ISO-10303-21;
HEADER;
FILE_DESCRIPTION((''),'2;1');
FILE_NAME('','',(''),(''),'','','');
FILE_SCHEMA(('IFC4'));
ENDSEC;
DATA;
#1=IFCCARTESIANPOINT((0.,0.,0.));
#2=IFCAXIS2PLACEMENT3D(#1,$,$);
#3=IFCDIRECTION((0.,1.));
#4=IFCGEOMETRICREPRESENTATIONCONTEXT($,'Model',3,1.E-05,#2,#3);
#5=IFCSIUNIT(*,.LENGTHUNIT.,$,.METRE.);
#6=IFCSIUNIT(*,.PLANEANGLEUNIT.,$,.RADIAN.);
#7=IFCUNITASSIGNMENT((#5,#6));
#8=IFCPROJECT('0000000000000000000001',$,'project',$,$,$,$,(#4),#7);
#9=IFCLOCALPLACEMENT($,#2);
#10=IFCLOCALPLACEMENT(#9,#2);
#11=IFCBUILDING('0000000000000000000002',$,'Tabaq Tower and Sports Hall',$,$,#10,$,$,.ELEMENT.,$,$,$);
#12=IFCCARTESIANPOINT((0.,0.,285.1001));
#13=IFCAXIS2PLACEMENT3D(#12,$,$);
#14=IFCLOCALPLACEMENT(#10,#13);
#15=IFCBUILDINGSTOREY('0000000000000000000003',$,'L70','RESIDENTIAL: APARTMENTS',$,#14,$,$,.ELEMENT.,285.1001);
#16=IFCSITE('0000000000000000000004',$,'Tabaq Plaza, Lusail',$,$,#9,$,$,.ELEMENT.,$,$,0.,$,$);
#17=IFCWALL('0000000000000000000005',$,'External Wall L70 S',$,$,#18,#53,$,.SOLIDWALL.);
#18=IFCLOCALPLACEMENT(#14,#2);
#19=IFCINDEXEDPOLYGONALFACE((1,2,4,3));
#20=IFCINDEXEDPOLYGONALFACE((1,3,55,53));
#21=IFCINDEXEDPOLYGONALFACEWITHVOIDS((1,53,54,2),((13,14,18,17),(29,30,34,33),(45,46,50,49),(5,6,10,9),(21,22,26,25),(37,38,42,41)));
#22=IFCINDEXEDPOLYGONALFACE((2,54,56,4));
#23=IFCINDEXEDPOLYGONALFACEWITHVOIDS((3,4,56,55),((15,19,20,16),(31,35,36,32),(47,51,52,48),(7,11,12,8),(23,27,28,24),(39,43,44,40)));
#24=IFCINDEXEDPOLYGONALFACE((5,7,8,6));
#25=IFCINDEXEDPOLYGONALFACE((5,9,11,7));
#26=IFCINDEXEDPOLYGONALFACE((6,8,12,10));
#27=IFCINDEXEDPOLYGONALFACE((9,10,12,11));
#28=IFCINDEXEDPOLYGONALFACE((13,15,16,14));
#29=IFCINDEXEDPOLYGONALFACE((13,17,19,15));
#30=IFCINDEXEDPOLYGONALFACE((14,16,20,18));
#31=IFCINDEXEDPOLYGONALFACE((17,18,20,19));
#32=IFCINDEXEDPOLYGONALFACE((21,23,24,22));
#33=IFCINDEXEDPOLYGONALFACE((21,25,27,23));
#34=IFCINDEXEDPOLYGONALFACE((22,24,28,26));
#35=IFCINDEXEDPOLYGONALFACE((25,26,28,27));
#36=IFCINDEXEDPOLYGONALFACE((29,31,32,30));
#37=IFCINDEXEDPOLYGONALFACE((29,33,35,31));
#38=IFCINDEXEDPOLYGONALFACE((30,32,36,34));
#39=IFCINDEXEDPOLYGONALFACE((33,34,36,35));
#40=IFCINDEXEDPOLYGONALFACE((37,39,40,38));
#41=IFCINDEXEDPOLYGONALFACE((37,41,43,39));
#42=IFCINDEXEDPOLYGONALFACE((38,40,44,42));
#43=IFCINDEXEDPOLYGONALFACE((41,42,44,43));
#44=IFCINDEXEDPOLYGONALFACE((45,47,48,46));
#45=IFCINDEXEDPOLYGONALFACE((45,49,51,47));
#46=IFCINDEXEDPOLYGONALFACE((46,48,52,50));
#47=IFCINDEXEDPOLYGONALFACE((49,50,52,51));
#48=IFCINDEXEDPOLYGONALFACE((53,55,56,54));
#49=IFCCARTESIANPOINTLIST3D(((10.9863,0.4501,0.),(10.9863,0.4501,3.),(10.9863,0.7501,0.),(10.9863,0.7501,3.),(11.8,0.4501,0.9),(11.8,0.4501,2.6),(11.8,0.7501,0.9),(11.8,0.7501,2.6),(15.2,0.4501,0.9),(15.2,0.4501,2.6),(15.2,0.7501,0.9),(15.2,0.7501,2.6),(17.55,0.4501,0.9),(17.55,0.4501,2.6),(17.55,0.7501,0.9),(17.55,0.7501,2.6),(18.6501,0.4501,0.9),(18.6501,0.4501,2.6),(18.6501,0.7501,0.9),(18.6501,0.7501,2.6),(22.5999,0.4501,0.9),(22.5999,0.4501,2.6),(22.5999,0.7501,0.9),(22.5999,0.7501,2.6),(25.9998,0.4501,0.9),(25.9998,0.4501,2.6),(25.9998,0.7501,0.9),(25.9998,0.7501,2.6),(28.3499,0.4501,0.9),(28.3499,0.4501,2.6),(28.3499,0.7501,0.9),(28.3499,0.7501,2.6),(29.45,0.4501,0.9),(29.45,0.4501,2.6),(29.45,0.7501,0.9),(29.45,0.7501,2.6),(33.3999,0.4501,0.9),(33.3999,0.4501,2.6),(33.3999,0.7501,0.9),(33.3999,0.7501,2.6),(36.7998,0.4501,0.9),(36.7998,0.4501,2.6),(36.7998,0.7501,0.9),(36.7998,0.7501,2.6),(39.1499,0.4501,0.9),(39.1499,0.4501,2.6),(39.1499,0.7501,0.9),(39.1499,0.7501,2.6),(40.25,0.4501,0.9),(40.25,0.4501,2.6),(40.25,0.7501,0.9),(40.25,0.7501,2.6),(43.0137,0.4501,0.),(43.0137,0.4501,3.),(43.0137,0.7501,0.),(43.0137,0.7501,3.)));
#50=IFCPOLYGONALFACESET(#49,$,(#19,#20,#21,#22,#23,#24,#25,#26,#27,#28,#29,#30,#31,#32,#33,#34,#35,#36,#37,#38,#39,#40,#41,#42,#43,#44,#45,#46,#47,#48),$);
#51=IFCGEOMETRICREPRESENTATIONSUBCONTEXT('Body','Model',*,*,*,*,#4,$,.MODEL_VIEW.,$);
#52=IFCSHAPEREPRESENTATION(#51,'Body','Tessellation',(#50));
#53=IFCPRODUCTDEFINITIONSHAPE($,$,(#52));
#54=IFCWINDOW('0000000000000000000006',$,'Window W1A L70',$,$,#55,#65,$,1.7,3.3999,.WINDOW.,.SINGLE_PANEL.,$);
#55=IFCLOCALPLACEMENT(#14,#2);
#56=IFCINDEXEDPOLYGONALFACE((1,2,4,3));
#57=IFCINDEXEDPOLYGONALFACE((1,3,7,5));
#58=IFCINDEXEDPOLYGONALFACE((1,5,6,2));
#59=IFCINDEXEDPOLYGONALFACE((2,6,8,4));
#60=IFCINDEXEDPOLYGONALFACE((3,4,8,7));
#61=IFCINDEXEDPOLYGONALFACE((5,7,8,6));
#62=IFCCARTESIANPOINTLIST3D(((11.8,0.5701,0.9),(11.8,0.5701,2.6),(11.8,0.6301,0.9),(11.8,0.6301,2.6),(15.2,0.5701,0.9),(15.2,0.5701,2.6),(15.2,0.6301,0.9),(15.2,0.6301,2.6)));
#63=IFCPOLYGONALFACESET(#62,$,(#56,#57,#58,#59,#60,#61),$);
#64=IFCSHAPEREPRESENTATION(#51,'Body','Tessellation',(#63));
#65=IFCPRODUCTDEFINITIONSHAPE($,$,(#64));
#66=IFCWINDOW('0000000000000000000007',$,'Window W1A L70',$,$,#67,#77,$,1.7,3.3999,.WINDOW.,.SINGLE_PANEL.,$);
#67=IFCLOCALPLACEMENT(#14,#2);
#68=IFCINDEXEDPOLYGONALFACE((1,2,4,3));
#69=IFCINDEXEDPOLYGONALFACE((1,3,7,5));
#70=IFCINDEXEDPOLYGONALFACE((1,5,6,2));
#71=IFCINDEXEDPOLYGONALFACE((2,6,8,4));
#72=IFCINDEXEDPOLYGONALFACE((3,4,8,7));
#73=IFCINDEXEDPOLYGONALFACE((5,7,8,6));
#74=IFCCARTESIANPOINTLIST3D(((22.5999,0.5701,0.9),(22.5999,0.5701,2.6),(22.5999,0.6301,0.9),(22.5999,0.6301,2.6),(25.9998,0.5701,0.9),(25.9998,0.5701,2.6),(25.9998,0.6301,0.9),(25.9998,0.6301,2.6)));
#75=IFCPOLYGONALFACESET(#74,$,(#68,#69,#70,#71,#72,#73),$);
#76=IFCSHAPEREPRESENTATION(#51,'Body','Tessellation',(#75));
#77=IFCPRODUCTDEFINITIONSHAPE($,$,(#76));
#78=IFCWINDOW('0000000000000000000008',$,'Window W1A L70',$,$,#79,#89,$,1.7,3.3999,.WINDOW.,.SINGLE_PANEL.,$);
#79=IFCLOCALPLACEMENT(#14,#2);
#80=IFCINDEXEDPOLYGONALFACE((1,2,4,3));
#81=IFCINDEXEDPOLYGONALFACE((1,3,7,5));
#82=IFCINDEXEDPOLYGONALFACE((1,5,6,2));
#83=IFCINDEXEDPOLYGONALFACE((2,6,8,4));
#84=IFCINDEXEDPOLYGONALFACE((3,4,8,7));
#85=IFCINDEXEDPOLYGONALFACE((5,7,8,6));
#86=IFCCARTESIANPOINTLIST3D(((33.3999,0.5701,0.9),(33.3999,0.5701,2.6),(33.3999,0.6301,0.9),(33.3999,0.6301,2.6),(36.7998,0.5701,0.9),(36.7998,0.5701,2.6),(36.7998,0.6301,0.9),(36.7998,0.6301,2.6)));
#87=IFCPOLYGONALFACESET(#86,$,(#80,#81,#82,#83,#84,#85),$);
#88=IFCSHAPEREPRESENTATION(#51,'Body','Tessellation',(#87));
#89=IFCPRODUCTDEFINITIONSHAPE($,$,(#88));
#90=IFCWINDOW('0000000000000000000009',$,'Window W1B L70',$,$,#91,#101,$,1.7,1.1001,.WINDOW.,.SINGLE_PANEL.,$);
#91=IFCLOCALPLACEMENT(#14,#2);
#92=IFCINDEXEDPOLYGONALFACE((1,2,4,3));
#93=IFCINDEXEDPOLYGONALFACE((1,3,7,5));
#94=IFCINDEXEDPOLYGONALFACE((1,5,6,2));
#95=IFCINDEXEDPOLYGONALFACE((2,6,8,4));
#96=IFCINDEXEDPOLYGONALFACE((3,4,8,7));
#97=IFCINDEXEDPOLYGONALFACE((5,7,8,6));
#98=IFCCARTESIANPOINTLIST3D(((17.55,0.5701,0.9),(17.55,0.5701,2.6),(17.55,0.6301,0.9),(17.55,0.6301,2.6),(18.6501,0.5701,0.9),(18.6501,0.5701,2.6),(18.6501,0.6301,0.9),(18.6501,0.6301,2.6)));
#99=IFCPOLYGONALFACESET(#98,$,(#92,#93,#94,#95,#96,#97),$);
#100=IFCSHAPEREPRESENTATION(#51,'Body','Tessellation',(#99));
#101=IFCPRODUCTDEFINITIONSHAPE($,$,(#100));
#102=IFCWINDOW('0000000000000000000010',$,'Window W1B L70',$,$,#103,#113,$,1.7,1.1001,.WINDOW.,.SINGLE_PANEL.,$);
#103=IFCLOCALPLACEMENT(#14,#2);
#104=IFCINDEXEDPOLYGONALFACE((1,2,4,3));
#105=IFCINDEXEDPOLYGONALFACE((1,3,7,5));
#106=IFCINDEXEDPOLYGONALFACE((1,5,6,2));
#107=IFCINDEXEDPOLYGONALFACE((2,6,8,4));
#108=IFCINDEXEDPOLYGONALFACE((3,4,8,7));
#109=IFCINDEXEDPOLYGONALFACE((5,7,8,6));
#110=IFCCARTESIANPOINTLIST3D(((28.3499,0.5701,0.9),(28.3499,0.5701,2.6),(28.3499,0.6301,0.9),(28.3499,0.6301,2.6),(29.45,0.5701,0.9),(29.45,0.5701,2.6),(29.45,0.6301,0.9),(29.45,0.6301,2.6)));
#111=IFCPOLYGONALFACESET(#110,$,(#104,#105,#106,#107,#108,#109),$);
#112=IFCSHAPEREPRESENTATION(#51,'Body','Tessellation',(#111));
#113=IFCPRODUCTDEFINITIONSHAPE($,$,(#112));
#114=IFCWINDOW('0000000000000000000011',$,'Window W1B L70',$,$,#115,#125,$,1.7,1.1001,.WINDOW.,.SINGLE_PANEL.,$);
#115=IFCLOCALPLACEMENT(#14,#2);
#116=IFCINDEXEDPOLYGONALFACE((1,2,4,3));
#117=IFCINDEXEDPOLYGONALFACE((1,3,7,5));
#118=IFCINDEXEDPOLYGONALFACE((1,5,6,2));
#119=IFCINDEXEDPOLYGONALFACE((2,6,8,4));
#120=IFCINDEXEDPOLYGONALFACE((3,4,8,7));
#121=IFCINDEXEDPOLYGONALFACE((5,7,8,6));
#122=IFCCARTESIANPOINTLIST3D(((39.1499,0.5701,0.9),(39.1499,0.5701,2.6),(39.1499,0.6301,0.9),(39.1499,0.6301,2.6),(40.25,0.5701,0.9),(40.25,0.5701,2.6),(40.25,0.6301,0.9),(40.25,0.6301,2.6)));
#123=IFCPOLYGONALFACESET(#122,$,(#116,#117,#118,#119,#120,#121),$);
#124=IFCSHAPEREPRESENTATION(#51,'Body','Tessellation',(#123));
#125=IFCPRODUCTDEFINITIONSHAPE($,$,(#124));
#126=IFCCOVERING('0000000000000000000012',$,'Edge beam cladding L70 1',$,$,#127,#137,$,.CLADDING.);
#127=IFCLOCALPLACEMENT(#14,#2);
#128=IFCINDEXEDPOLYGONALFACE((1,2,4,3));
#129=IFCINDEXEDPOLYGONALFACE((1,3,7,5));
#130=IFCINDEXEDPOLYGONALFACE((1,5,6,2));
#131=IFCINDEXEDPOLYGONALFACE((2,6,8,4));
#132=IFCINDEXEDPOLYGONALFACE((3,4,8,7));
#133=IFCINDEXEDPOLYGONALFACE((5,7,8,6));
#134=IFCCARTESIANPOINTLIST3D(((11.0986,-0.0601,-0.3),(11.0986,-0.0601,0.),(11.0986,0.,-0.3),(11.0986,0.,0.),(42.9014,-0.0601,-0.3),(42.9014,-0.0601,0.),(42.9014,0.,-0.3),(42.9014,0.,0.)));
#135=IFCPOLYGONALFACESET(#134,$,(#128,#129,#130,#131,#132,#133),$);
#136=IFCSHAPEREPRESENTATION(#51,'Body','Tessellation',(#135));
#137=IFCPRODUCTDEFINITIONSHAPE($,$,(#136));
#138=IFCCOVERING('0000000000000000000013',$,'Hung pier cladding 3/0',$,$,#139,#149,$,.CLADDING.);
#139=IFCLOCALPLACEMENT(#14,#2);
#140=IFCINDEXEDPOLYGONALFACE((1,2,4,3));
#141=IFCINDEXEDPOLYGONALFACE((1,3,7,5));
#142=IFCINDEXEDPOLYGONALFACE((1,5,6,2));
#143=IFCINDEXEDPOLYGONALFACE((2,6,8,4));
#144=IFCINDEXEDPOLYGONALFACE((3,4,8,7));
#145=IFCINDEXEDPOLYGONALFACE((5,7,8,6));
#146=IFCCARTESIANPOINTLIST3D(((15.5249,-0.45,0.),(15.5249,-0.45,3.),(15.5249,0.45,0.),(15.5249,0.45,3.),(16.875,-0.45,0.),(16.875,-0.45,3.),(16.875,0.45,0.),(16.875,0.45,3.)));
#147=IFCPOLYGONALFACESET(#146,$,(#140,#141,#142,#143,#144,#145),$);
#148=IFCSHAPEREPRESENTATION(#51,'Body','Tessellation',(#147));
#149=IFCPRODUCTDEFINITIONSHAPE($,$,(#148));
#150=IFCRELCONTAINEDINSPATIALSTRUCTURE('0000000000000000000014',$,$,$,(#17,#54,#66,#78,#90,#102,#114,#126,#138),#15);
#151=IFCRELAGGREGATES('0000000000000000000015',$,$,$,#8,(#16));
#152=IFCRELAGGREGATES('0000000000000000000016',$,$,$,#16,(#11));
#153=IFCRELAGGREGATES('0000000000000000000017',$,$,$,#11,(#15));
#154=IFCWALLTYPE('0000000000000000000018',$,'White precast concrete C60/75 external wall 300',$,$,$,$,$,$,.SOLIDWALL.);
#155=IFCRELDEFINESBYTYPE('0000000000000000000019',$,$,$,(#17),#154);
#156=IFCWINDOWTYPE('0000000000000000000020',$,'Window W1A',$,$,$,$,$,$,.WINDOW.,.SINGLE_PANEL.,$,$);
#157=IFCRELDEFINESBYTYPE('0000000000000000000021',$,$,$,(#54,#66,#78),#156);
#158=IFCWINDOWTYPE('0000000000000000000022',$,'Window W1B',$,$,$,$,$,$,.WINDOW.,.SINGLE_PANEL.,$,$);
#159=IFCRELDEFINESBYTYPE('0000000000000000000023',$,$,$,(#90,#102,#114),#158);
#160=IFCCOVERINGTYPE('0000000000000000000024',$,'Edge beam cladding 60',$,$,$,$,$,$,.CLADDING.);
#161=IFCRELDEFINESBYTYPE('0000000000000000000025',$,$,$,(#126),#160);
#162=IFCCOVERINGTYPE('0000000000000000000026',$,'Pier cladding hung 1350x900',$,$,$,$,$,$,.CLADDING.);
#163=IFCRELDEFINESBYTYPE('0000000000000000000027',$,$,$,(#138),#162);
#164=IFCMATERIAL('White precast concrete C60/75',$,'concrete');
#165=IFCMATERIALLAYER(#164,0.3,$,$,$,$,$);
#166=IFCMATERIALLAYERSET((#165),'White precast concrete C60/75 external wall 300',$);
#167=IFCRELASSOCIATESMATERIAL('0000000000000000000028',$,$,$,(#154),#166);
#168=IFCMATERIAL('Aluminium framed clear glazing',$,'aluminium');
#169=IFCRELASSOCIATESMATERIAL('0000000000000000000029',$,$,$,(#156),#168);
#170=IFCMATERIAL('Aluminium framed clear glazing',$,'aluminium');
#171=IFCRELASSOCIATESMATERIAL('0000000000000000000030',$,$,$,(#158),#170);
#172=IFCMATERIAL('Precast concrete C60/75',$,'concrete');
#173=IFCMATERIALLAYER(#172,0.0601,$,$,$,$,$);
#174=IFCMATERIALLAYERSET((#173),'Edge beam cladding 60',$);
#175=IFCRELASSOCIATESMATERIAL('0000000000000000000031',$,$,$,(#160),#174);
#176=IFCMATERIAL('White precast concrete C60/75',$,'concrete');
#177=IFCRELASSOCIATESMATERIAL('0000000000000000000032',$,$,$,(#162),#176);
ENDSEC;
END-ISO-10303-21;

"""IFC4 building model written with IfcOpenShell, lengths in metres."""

from ifc_helpers import new_model, si_unit, direction, frame, frame_2d, origin, place, context, subcontext, project, spatial, rectangle, extrude, material, layer, layer_set, type_object, element, fill, save


model = new_model("IFC4")

# Units and contexts
model_context = context("Model", 3, precision=1e-05, world=origin(), true_north=direction((0.0, 1.0)))
body_context = subcontext(model_context, "Body", "Model", "MODEL_VIEW")
ifc_project = project(units=[si_unit("LENGTHUNIT", "METRE"), si_unit("PLANEANGLEUNIT", "RADIAN")], contexts=[model_context])

# Site, building, storey
site_placement = place(None, origin())
site = spatial("IfcSite", under=ifc_project, at=site_placement, Name="Tabaq Plaza, Lusail", CompositionType="ELEMENT", RefElevation=0.0)
building_placement = place(site_placement, origin())
building = spatial("IfcBuilding", under=site, at=building_placement, Name="Tabaq Tower and Sports Hall", CompositionType="ELEMENT")
storey_placement = place(building_placement, frame((0.0, 0.0, 285.1001)))
storey = spatial("IfcBuildingStorey", under=building, at=storey_placement, Name="L70", Description="RESIDENTIAL: APARTMENTS", CompositionType="ELEMENT", Elevation=285.1001)

# Wall, openings, windows
ifc_material_1 = material(Name="White precast concrete C60/75", Category="concrete")
ifc_layer_1 = layer(ifc_material_1, 0.3)
ifc_layer_set_1 = layer_set([ifc_layer_1], Name="White precast concrete C60/75 external wall 300")
wall_type_1 = type_object("IfcWallType", Name="White precast concrete C60/75 external wall 300", PredefinedType="SOLIDWALL", material=ifc_layer_set_1)
wall_1_placement = place(storey_placement, frame((10.9863, 0.6001, 0.0), z_axis=(0.0, 0.0, 1.0), x_axis=(1.0, 0.0, 0.0)))
wall_1 = element("IfcWall", 1, at=wall_1_placement, inside=storey, type_object=wall_type_1, Name="External Wall L70 S", PredefinedType="SOLIDWALL", context=body_context, shape_type="SweptSolid", body=[
    extrude(rectangle(XDim=32.0273, YDim=0.3, at=frame_2d((16.0137, 0.0))), origin(), (0.0, 0.0, 1.0), 3.0),
])
opening_1_placement = place(wall_1_placement, frame((0.8137, 0.0, 0.8999)))
opening_1 = element("IfcOpeningElement", 2, at=opening_1_placement, cuts=wall_1, PredefinedType="OPENING", context=body_context, shape_type="SweptSolid", body=[
    extrude(rectangle(XDim=3.3999, YDim=1.7, at=frame_2d((1.7, 0.8501))), frame((0.0, 0.1602, 0.0), z_axis=(0.0, -1.0, 0.0), x_axis=(1.0, 0.0, 0.0)), (0.0, 0.0, 1.0), 0.3201),
])
opening_2_placement = place(wall_1_placement, frame((6.5637, 0.0, 0.8999)))
opening_2 = element("IfcOpeningElement", 3, at=opening_2_placement, cuts=wall_1, PredefinedType="OPENING", context=body_context, shape_type="SweptSolid", body=[
    extrude(rectangle(XDim=1.1001, YDim=1.7, at=frame_2d((0.55, 0.8501))), frame((0.0, 0.1602, 0.0), z_axis=(0.0, -1.0, 0.0), x_axis=(1.0, 0.0, 0.0)), (0.0, 0.0, 1.0), 0.3201),
])
opening_3_placement = place(wall_1_placement, frame((11.6135, 0.0, 0.8999)))
opening_3 = element("IfcOpeningElement", 4, at=opening_3_placement, cuts=wall_1, PredefinedType="OPENING", context=body_context, shape_type="SweptSolid", body=[
    extrude(rectangle(XDim=3.3999, YDim=1.7, at=frame_2d((1.7, 0.8501))), frame((0.0, 0.1602, 0.0), z_axis=(0.0, -1.0, 0.0), x_axis=(1.0, 0.0, 0.0)), (0.0, 0.0, 1.0), 0.3201),
])
opening_4_placement = place(wall_1_placement, frame((17.3635, 0.0, 0.8999)))
opening_4 = element("IfcOpeningElement", 5, at=opening_4_placement, cuts=wall_1, PredefinedType="OPENING", context=body_context, shape_type="SweptSolid", body=[
    extrude(rectangle(XDim=1.1001, YDim=1.7, at=frame_2d((0.55, 0.8501))), frame((0.0, 0.1602, 0.0), z_axis=(0.0, -1.0, 0.0), x_axis=(1.0, 0.0, 0.0)), (0.0, 0.0, 1.0), 0.3201),
])
opening_5_placement = place(wall_1_placement, frame((22.4136, 0.0, 0.8999)))
opening_5 = element("IfcOpeningElement", 6, at=opening_5_placement, cuts=wall_1, PredefinedType="OPENING", context=body_context, shape_type="SweptSolid", body=[
    extrude(rectangle(XDim=3.3999, YDim=1.7, at=frame_2d((1.7, 0.8501))), frame((0.0, 0.1602, 0.0), z_axis=(0.0, -1.0, 0.0), x_axis=(1.0, 0.0, 0.0)), (0.0, 0.0, 1.0), 0.3201),
])
opening_6_placement = place(wall_1_placement, frame((28.1636, 0.0, 0.8999)))
opening_6 = element("IfcOpeningElement", 7, at=opening_6_placement, cuts=wall_1, PredefinedType="OPENING", context=body_context, shape_type="SweptSolid", body=[
    extrude(rectangle(XDim=1.1001, YDim=1.7, at=frame_2d((0.55, 0.8501))), frame((0.0, 0.1602, 0.0), z_axis=(0.0, -1.0, 0.0), x_axis=(1.0, 0.0, 0.0)), (0.0, 0.0, 1.0), 0.3201),
])
ifc_material_2 = material(Name="Aluminium framed clear glazing", Category="aluminium")
window_type_1 = type_object("IfcWindowType", Name="Window W1A", PartitioningType="SINGLE_PANEL", PredefinedType="WINDOW", material=ifc_material_2)
window_1_placement = place(opening_1_placement, origin())
window_1 = element("IfcWindow", 8, at=window_1_placement, inside=storey, type_object=window_type_1, Name="Window W1A L70", OverallHeight=1.7, OverallWidth=3.3999, PartitioningType="SINGLE_PANEL", PredefinedType="WINDOW", context=body_context, shape_type="SweptSolid", body=[
    extrude(rectangle(XDim=3.3999, YDim=1.7, at=frame_2d((1.7, 0.8501))), frame((0.0, 0.03, 0.0), z_axis=(0.0, -1.0, 0.0), x_axis=(1.0, 0.0, 0.0)), (0.0, 0.0, 1.0), 0.0601),
])
fill(opening_1, window_1)
window_2_placement = place(opening_3_placement, origin())
window_2 = element("IfcWindow", 9, at=window_2_placement, inside=storey, type_object=window_type_1, Name="Window W1A L70", OverallHeight=1.7, OverallWidth=3.3999, PartitioningType="SINGLE_PANEL", PredefinedType="WINDOW", context=body_context, shape_type="SweptSolid", body=[
    extrude(rectangle(XDim=3.3999, YDim=1.7, at=frame_2d((1.7, 0.8501))), frame((0.0, 0.03, 0.0), z_axis=(0.0, -1.0, 0.0), x_axis=(1.0, 0.0, 0.0)), (0.0, 0.0, 1.0), 0.0601),
])
fill(opening_3, window_2)
window_3_placement = place(opening_5_placement, origin())
window_3 = element("IfcWindow", 10, at=window_3_placement, inside=storey, type_object=window_type_1, Name="Window W1A L70", OverallHeight=1.7, OverallWidth=3.3999, PartitioningType="SINGLE_PANEL", PredefinedType="WINDOW", context=body_context, shape_type="SweptSolid", body=[
    extrude(rectangle(XDim=3.3999, YDim=1.7, at=frame_2d((1.7, 0.8501))), frame((0.0, 0.03, 0.0), z_axis=(0.0, -1.0, 0.0), x_axis=(1.0, 0.0, 0.0)), (0.0, 0.0, 1.0), 0.0601),
])
fill(opening_5, window_3)
ifc_material_3 = material(Name="Aluminium framed clear glazing", Category="aluminium")
window_type_2 = type_object("IfcWindowType", Name="Window W1B", PartitioningType="SINGLE_PANEL", PredefinedType="WINDOW", material=ifc_material_3)
window_4_placement = place(opening_2_placement, origin())
window_4 = element("IfcWindow", 11, at=window_4_placement, inside=storey, type_object=window_type_2, Name="Window W1B L70", OverallHeight=1.7, OverallWidth=1.1001, PartitioningType="SINGLE_PANEL", PredefinedType="WINDOW", context=body_context, shape_type="SweptSolid", body=[
    extrude(rectangle(XDim=1.1001, YDim=1.7, at=frame_2d((0.55, 0.8501))), frame((0.0, 0.03, 0.0), z_axis=(0.0, -1.0, 0.0), x_axis=(1.0, 0.0, 0.0)), (0.0, 0.0, 1.0), 0.0601),
])
fill(opening_2, window_4)
window_5_placement = place(opening_4_placement, origin())
window_5 = element("IfcWindow", 12, at=window_5_placement, inside=storey, type_object=window_type_2, Name="Window W1B L70", OverallHeight=1.7, OverallWidth=1.1001, PartitioningType="SINGLE_PANEL", PredefinedType="WINDOW", context=body_context, shape_type="SweptSolid", body=[
    extrude(rectangle(XDim=1.1001, YDim=1.7, at=frame_2d((0.55, 0.8501))), frame((0.0, 0.03, 0.0), z_axis=(0.0, -1.0, 0.0), x_axis=(1.0, 0.0, 0.0)), (0.0, 0.0, 1.0), 0.0601),
])
fill(opening_4, window_5)
window_6_placement = place(opening_6_placement, origin())
window_6 = element("IfcWindow", 13, at=window_6_placement, inside=storey, type_object=window_type_2, Name="Window W1B L70", OverallHeight=1.7, OverallWidth=1.1001, PartitioningType="SINGLE_PANEL", PredefinedType="WINDOW", context=body_context, shape_type="SweptSolid", body=[
    extrude(rectangle(XDim=1.1001, YDim=1.7, at=frame_2d((0.55, 0.8501))), frame((0.0, 0.03, 0.0), z_axis=(0.0, -1.0, 0.0), x_axis=(1.0, 0.0, 0.0)), (0.0, 0.0, 1.0), 0.0601),
])
fill(opening_6, window_6)

# Coverings
ifc_material_4 = material(Name="Precast concrete C60/75", Category="concrete")
ifc_layer_2 = layer(ifc_material_4, 0.0601)
ifc_layer_set_2 = layer_set([ifc_layer_2], Name="Edge beam cladding 60")
covering_type_1 = type_object("IfcCoveringType", Name="Edge beam cladding 60", PredefinedType="CLADDING", material=ifc_layer_set_2)
covering_1_placement = place(storey_placement, frame((11.0986, -0.03, -0.3), z_axis=(0.0, 0.0, 1.0), x_axis=(1.0, 0.0, 0.0)))
element("IfcCovering", 14, at=covering_1_placement, inside=storey, type_object=covering_type_1, Name="Edge beam cladding L70 1", PredefinedType="CLADDING", context=body_context, shape_type="SweptSolid", body=[
    extrude(rectangle(XDim=31.8027, YDim=0.0601, at=frame_2d((15.9014, 0.0))), origin(), (0.0, 0.0, 1.0), 0.3),
])
ifc_material_5 = material(Name="White precast concrete C60/75", Category="concrete")
covering_type_2 = type_object("IfcCoveringType", Name="Pier cladding hung 1350x900", PredefinedType="CLADDING", material=ifc_material_5)
covering_2_placement = place(storey_placement, frame((15.5249, 0.0, 0.0), z_axis=(0.0, 0.0, 1.0), x_axis=(1.0, 0.0, 0.0)))
element("IfcCovering", 15, at=covering_2_placement, inside=storey, type_object=covering_type_2, Name="Hung pier cladding 3/0", PredefinedType="CLADDING", context=body_context, shape_type="SweptSolid", body=[
    extrude(rectangle(XDim=1.3501, YDim=0.8999, at=frame_2d((0.675, 0.0))), origin(), (0.0, 0.0, 1.0), 3.0),
])

save(model, "model.ifc")
